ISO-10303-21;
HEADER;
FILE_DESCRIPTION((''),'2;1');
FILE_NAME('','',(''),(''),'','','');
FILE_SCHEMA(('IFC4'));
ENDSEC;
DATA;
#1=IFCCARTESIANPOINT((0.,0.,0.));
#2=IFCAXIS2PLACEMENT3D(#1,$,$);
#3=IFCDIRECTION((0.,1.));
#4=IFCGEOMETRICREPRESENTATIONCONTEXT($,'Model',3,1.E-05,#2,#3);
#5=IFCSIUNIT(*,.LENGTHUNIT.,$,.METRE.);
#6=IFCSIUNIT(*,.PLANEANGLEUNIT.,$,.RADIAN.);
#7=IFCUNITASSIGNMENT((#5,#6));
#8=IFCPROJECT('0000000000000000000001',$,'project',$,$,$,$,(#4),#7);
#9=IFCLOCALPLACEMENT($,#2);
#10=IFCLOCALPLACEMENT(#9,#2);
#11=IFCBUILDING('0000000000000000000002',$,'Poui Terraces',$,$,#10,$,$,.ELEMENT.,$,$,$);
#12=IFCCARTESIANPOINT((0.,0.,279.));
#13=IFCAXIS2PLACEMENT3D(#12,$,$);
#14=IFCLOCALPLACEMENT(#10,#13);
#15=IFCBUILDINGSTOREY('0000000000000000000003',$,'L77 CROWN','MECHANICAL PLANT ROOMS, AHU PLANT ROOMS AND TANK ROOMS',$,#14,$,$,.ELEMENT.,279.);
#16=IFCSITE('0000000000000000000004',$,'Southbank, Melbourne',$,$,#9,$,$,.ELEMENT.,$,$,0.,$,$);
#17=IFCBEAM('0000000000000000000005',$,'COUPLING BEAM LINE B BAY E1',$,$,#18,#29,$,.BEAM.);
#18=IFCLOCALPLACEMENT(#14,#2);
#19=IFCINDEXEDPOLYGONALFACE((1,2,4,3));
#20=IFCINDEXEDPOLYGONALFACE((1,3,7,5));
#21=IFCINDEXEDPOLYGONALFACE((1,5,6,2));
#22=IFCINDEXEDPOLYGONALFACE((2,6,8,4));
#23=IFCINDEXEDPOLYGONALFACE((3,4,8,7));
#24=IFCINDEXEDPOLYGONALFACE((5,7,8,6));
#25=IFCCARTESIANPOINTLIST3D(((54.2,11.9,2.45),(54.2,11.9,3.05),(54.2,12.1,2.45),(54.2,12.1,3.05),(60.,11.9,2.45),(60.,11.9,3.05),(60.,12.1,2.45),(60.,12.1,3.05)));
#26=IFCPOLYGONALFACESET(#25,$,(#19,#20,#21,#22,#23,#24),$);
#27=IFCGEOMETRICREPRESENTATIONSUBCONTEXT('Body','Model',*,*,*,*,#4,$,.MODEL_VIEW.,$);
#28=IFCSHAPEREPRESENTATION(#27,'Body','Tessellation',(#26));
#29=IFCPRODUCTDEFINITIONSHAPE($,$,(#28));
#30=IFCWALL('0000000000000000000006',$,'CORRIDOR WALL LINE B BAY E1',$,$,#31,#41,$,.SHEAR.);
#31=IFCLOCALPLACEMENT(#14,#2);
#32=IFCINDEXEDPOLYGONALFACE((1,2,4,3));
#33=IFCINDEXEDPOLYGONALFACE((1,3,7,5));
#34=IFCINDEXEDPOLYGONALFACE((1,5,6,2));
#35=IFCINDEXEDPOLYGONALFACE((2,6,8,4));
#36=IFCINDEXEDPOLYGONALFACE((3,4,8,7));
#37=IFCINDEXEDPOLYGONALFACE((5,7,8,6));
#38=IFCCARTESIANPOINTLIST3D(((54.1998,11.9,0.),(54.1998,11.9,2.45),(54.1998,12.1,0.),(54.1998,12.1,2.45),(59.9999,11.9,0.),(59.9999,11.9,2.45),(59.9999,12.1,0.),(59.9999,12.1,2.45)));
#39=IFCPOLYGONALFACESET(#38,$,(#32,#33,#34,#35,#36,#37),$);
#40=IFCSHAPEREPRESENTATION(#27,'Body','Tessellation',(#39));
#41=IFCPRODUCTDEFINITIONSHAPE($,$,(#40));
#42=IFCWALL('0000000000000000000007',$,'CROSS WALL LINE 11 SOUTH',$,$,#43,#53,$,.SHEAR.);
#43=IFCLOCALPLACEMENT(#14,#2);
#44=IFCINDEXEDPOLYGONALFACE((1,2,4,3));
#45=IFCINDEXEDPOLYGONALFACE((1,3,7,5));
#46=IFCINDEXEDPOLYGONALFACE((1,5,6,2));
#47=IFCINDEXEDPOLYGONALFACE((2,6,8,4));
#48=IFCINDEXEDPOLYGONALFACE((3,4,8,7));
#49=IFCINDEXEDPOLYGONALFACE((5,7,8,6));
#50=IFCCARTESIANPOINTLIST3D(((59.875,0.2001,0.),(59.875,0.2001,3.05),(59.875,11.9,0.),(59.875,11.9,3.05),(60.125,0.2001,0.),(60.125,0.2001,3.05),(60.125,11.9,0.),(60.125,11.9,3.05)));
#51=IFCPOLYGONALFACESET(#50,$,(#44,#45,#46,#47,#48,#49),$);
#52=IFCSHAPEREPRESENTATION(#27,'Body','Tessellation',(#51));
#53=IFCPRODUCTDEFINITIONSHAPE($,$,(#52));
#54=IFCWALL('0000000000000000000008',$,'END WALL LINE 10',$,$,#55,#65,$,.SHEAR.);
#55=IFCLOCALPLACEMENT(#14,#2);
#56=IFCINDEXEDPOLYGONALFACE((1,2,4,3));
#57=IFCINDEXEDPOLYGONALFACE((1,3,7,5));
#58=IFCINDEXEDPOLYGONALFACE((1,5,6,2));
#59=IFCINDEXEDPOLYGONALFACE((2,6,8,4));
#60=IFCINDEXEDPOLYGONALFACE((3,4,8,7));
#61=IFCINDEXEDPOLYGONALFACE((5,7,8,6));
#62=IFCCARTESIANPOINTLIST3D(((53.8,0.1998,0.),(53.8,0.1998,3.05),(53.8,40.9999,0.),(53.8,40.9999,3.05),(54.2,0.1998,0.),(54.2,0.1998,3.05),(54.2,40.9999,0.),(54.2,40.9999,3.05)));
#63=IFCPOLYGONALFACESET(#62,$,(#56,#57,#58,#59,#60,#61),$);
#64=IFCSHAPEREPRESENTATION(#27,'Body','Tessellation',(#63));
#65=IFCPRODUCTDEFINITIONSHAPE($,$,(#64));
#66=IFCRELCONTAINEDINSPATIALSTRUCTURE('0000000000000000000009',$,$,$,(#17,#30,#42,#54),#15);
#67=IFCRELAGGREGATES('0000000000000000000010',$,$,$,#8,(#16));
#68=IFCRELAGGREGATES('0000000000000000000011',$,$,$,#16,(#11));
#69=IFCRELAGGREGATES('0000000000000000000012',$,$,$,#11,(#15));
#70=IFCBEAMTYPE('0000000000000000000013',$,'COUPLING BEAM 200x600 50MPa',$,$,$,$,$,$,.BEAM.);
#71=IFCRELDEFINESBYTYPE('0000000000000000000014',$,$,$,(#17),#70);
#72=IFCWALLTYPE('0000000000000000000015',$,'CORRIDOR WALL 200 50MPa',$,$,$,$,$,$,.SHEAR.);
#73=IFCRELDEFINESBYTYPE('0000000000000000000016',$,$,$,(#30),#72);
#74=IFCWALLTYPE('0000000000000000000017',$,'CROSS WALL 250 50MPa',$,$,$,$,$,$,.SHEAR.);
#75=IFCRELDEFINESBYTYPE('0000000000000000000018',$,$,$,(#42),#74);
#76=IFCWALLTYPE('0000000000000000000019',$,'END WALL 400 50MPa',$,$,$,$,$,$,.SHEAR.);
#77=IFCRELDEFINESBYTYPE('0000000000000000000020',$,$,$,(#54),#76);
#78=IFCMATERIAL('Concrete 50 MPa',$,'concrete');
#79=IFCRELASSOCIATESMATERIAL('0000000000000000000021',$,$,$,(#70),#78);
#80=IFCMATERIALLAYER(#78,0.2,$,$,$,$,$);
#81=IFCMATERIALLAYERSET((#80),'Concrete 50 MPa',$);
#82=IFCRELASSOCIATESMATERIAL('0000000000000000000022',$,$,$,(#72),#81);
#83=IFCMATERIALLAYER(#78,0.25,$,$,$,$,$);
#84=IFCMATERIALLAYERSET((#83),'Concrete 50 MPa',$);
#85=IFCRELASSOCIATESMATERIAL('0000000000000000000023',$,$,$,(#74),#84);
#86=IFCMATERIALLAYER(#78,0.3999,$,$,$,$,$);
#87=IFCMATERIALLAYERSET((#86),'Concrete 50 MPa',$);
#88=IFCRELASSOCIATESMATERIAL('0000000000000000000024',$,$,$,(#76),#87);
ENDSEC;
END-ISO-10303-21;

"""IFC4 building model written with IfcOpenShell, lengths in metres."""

from ifc_helpers import new_model, si_unit, direction, frame, frame_2d, origin, origin_2d, place, context, subcontext, project, spatial, rectangle, extrude, source, transform, mapped, material, layer, layer_set, material_profile, profile_set, type_object, element, save


model = new_model("IFC4")

# Units and contexts
model_context = context("Model", 3, precision=1e-05, world=origin(), true_north=direction((0.0, 1.0)))
body_context = subcontext(model_context, "Body", "Model", "MODEL_VIEW")
ifc_project = project(units=[si_unit("LENGTHUNIT", "METRE"), si_unit("PLANEANGLEUNIT", "RADIAN")], contexts=[model_context])

# Site, building, storey
site_placement = place(None, origin())
site = spatial("IfcSite", under=ifc_project, at=site_placement, Name="Southbank, Melbourne", CompositionType="ELEMENT", RefElevation=0.0)
building_placement = place(site_placement, origin())
building = spatial("IfcBuilding", under=site, at=building_placement, Name="Poui Terraces", CompositionType="ELEMENT")
storey_placement = place(building_placement, frame((0.0, 0.0, 279.0)))
storey = spatial("IfcBuildingStorey", under=building, at=storey_placement, Name="L77 CROWN", Description="MECHANICAL PLANT ROOMS, AHU PLANT ROOMS AND TANK ROOMS", CompositionType="ELEMENT", Elevation=279.0)

# Beam
ifc_material_1 = material(Name="Concrete 50 MPa", Category="concrete")
ifc_material_profile_1 = material_profile(ifc_material_1, rectangle(XDim=0.2, YDim=0.6001, at=origin_2d()), Name="RC 200x600")
ifc_profile_set_1 = profile_set([ifc_material_profile_1], Name="Concrete 50 MPa")
beam_type = type_object("IfcBeamType", Name="COUPLING BEAM 200x600 50MPa", PredefinedType="BEAM", material=ifc_profile_set_1)
shared_shape_1 = source(origin(), body_context, "Body", "SweptSolid", [
    extrude(rectangle(XDim=0.2, YDim=0.6001, at=origin_2d()), origin(), (0.0, 0.0, 1.0), 5.8),
])
beam_placement = place(storey_placement, frame((54.2, 12.0, 2.75), z_axis=(1.0, 0.0, 0.0), x_axis=(0.0, 1.0, 0.0)))
element("IfcBeam", 1, at=beam_placement, inside=storey, type_object=beam_type, Name="COUPLING BEAM LINE B BAY E1", PredefinedType="BEAM", context=body_context, shape_type="MappedRepresentation", body=[
    mapped(shared_shape_1, transform((0.0, 0.0, 0.0))),
])

# Walls
ifc_layer_1 = layer(ifc_material_1, 0.2)
ifc_layer_set_1 = layer_set([ifc_layer_1], Name="Concrete 50 MPa")
wall_type_1 = type_object("IfcWallType", Name="CORRIDOR WALL 200 50MPa", PredefinedType="SHEAR", material=ifc_layer_set_1)
wall_1_placement = place(storey_placement, frame((54.2, 12.0, 0.0), z_axis=(0.0, 0.0, 1.0), x_axis=(1.0, 0.0, 0.0)))
element("IfcWall", 2, at=wall_1_placement, inside=storey, type_object=wall_type_1, Name="CORRIDOR WALL LINE B BAY E1", PredefinedType="SHEAR", context=body_context, shape_type="SweptSolid", body=[
    extrude(rectangle(XDim=5.8, YDim=0.2, at=frame_2d((2.8999, 0.0))), origin(), (0.0, 0.0, 1.0), 2.45),
])
ifc_layer_2 = layer(ifc_material_1, 0.25)
ifc_layer_set_2 = layer_set([ifc_layer_2], Name="Concrete 50 MPa")
wall_type_2 = type_object("IfcWallType", Name="CROSS WALL 250 50MPa", PredefinedType="SHEAR", material=ifc_layer_set_2)
wall_2_placement = place(storey_placement, frame((60.0, 0.2, 0.0), z_axis=(0.0, 0.0, 1.0), x_axis=(0.0, 1.0, 0.0)))
element("IfcWall", 3, at=wall_2_placement, inside=storey, type_object=wall_type_2, Name="CROSS WALL LINE 11 SOUTH", PredefinedType="SHEAR", context=body_context, shape_type="SweptSolid", body=[
    extrude(rectangle(XDim=11.7, YDim=0.25, at=frame_2d((5.8501, 0.0))), origin(), (0.0, 0.0, 1.0), 3.05),
])
ifc_layer_3 = layer(ifc_material_1, 0.3999)
ifc_layer_set_3 = layer_set([ifc_layer_3], Name="Concrete 50 MPa")
wall_type_3 = type_object("IfcWallType", Name="END WALL 400 50MPa", PredefinedType="SHEAR", material=ifc_layer_set_3)
wall_3_placement = place(storey_placement, frame((54.0, 0.2, 0.0), z_axis=(0.0, 0.0, 1.0), x_axis=(0.0, 1.0, 0.0)))
element("IfcWall", 4, at=wall_3_placement, inside=storey, type_object=wall_type_3, Name="END WALL LINE 10", PredefinedType="SHEAR", context=body_context, shape_type="SweptSolid", body=[
    extrude(rectangle(XDim=40.8, YDim=0.3999, at=frame_2d((20.3999, 0.0))), origin(), (0.0, 0.0, 1.0), 3.05),
])

save(model, "model.ifc")
